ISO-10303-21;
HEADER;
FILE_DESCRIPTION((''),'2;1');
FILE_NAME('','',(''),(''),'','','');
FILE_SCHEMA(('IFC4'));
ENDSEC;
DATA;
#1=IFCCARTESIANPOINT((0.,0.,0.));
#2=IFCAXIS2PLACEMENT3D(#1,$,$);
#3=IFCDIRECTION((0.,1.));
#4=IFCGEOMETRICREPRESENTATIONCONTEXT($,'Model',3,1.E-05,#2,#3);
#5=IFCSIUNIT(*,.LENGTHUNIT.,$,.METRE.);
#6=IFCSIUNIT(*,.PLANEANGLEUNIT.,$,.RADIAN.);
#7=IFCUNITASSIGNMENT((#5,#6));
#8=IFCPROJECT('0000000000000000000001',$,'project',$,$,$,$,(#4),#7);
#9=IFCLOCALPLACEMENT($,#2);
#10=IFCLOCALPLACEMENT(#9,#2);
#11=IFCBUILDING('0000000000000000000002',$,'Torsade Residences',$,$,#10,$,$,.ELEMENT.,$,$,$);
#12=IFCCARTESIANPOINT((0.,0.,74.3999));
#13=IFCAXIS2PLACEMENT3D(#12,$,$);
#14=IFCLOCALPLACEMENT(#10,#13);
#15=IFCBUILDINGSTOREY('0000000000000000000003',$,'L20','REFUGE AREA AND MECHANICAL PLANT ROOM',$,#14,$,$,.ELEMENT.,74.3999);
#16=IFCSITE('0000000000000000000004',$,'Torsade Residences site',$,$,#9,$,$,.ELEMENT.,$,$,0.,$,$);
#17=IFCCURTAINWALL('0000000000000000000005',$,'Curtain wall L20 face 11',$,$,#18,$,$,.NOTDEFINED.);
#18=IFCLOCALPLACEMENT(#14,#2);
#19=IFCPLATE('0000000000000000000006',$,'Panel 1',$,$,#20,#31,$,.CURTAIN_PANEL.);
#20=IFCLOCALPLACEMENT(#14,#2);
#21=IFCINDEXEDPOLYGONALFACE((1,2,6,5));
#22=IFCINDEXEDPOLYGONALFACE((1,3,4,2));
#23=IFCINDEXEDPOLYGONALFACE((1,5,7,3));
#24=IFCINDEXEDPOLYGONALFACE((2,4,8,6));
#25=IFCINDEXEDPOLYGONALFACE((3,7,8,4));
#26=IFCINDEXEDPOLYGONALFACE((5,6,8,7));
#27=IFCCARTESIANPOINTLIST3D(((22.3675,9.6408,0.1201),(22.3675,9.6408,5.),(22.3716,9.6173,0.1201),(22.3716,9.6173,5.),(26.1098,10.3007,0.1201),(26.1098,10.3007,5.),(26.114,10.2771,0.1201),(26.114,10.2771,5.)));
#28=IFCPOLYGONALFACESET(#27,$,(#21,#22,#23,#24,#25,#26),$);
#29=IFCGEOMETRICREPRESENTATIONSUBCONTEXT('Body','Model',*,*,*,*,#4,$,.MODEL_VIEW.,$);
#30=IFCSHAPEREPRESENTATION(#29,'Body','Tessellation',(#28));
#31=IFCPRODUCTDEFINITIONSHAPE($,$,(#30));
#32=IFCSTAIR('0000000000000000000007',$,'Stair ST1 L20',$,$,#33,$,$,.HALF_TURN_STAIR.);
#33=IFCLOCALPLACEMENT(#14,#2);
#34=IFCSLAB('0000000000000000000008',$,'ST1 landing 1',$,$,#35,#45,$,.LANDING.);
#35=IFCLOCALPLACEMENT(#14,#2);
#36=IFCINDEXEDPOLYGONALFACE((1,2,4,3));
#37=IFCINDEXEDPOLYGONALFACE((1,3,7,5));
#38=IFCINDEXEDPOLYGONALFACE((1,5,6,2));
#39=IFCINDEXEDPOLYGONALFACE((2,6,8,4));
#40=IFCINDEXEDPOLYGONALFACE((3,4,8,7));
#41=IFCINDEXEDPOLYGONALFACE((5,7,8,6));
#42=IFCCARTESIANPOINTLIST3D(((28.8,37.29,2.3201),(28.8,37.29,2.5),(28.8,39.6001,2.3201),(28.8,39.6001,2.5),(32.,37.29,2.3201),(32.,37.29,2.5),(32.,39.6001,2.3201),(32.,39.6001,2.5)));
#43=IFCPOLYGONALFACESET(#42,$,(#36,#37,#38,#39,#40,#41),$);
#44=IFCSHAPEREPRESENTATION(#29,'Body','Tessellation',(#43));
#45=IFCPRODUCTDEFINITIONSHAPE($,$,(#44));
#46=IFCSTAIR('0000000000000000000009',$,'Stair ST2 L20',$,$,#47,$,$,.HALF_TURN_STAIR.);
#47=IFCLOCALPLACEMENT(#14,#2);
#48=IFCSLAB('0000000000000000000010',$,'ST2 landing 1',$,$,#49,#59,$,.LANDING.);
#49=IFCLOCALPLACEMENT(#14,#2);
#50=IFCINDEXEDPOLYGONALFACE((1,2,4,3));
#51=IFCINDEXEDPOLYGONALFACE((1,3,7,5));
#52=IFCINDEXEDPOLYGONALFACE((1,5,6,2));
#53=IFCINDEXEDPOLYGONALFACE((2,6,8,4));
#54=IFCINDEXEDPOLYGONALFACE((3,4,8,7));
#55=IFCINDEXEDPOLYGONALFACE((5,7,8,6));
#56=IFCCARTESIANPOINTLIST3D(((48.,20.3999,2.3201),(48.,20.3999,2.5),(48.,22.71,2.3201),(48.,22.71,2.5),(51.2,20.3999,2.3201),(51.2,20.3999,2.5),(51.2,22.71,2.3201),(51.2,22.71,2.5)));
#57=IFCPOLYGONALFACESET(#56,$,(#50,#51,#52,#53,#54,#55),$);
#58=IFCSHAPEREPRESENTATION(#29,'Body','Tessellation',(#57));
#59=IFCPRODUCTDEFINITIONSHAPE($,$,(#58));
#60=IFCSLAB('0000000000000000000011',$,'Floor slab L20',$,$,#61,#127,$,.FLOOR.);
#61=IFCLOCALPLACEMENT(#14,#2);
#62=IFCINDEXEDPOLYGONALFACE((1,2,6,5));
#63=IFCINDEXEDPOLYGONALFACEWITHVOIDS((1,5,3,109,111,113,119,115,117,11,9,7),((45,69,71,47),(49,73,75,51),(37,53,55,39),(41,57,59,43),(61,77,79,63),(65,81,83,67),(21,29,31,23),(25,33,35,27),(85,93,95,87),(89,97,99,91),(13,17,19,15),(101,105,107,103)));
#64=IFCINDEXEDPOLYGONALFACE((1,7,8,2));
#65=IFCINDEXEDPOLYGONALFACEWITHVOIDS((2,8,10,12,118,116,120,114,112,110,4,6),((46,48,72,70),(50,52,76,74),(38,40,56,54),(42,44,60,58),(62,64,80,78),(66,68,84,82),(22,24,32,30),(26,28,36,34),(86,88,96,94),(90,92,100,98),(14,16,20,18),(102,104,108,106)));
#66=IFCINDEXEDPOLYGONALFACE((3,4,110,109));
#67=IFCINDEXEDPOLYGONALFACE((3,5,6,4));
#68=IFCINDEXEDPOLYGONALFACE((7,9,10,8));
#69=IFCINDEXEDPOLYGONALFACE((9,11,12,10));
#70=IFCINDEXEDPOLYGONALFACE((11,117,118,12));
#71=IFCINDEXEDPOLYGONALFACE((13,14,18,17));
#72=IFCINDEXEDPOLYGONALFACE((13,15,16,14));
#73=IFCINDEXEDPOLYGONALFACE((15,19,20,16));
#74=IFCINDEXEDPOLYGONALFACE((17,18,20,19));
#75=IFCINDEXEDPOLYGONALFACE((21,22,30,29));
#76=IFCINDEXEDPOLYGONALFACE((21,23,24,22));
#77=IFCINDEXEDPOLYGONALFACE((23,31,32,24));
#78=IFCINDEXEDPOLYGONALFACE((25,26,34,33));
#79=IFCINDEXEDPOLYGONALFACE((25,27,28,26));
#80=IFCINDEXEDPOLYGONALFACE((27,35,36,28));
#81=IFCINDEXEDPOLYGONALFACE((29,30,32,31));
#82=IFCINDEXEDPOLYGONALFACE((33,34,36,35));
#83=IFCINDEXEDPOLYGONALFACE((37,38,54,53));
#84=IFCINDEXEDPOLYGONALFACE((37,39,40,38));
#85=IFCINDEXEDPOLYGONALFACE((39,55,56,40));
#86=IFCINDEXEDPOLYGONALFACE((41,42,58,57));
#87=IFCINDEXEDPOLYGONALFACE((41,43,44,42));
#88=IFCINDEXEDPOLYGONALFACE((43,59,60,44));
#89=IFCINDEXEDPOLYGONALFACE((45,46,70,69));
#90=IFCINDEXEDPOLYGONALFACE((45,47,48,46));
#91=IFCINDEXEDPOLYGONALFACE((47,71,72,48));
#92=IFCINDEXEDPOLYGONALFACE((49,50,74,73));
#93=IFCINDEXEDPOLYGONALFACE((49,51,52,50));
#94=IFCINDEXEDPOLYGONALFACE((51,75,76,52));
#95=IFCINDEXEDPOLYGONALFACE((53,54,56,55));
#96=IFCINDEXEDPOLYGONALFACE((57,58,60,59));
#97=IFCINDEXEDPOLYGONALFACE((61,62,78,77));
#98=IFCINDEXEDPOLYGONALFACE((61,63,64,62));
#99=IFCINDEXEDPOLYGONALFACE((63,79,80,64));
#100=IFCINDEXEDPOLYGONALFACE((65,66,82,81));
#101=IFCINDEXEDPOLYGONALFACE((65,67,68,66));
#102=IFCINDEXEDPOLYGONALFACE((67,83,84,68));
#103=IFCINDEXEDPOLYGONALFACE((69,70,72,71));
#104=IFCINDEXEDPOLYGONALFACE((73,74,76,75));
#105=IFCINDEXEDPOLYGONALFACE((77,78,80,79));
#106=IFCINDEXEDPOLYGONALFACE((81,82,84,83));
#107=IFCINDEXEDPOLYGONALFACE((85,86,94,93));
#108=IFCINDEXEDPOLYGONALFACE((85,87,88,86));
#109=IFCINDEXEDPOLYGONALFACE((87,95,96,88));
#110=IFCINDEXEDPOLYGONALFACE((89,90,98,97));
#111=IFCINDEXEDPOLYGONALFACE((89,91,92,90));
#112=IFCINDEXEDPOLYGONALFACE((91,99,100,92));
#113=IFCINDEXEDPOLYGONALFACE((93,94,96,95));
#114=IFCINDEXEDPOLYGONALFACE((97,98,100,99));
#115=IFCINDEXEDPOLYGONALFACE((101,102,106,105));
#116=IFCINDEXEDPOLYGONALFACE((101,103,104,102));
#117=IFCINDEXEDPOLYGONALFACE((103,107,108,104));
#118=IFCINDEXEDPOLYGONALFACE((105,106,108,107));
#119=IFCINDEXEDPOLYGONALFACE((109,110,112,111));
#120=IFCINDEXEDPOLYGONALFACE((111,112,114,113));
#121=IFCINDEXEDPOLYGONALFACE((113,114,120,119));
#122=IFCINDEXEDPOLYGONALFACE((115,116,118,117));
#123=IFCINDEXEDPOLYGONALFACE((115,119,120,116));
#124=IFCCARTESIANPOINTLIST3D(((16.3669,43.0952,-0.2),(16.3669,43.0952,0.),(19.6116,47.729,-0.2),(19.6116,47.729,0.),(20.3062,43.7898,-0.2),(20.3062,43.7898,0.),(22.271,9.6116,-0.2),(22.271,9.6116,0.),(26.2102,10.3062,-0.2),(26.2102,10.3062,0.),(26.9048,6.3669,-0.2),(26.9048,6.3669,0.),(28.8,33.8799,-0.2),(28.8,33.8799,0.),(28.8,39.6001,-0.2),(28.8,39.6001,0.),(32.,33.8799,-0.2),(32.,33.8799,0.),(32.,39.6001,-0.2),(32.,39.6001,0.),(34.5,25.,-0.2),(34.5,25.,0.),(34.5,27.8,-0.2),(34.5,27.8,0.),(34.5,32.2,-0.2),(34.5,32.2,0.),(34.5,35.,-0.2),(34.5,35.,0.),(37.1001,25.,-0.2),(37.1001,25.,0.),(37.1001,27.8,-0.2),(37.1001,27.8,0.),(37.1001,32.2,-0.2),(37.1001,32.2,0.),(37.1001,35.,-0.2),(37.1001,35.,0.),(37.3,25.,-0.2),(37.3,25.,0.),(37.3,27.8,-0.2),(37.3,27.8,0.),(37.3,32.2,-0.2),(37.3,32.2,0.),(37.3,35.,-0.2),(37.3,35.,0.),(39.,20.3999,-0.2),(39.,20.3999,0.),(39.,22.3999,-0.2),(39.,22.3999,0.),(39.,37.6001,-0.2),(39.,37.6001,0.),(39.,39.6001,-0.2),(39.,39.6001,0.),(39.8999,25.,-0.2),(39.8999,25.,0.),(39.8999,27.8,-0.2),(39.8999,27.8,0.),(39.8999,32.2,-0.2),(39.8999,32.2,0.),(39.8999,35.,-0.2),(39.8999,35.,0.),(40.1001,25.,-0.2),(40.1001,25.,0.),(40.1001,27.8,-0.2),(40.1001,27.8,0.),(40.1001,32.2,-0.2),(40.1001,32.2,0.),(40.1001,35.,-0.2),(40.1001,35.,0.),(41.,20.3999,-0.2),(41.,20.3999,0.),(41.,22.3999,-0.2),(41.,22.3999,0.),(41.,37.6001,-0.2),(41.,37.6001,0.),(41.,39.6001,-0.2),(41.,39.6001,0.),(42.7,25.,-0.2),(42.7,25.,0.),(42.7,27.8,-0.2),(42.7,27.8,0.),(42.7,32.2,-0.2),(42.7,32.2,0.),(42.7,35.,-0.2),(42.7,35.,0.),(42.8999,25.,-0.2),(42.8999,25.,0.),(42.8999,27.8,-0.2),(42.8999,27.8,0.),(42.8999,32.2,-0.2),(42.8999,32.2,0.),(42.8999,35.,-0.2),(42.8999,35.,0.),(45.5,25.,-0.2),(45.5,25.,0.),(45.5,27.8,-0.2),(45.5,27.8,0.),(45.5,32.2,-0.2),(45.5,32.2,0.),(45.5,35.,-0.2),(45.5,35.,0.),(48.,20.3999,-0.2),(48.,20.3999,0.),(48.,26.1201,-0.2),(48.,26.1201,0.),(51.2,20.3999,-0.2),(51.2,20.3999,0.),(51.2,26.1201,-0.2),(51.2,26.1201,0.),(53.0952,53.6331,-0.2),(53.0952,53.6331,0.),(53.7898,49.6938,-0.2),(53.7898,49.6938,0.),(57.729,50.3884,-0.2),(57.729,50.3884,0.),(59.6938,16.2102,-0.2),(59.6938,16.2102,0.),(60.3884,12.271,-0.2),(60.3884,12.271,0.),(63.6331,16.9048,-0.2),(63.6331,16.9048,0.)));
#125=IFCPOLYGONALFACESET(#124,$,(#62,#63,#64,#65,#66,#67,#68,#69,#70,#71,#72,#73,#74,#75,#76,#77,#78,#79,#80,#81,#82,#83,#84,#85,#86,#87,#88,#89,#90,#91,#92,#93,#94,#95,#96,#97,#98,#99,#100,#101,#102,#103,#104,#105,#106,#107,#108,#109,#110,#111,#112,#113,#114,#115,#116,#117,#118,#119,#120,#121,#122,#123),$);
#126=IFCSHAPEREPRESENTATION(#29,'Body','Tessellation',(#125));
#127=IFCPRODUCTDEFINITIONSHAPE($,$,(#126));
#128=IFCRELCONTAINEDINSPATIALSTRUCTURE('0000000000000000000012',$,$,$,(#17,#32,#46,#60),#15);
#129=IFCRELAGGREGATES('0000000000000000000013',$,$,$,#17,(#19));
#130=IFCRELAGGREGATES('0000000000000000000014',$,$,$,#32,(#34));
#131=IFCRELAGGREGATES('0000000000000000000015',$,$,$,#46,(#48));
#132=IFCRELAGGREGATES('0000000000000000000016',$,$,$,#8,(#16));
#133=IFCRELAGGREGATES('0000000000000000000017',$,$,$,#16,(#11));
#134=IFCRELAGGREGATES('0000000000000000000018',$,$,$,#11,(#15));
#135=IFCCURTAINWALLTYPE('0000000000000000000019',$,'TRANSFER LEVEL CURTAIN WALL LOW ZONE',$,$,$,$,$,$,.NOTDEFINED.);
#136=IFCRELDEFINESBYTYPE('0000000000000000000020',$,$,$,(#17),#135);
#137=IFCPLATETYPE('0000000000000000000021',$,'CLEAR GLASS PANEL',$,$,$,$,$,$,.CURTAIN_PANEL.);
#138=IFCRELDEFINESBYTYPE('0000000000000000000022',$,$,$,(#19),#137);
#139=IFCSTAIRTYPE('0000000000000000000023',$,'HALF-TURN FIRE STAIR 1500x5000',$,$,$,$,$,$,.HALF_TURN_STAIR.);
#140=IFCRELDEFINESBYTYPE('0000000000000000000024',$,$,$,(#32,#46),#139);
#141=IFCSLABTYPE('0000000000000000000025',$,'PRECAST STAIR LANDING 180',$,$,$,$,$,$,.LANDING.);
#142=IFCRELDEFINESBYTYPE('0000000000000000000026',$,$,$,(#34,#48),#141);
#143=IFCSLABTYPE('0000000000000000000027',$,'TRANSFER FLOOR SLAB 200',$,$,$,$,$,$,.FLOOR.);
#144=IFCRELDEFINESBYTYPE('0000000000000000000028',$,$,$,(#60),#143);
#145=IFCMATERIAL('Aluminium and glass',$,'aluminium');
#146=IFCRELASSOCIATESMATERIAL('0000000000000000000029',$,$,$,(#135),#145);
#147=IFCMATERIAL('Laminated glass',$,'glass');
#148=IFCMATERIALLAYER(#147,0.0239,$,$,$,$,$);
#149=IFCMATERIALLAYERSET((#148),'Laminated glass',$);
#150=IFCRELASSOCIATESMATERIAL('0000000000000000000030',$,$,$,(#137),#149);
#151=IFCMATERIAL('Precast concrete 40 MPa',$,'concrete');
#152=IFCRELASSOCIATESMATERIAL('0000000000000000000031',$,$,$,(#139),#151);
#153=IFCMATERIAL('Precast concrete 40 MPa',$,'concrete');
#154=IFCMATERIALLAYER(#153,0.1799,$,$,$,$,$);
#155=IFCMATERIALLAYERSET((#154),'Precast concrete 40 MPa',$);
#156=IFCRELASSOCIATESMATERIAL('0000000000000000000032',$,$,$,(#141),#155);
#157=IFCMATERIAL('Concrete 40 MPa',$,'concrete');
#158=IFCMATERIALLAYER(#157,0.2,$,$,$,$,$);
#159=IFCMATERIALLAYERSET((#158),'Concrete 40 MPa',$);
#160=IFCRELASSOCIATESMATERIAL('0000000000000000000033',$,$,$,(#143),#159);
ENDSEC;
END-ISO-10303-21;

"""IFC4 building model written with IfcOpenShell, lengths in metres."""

from ifc_helpers import new_model, si_unit, direction, frame, origin, origin_2d, place, context, subcontext, project, spatial, polyline, rectangle, outline, extrude, material, layer, layer_set, type_object, element, aggregate, save


model = new_model("IFC4")

# Units and contexts
model_context = context("Model", 3, precision=1e-05, world=origin(), true_north=direction((0.0, 1.0)))
body_context = subcontext(model_context, "Body", "Model", "MODEL_VIEW")
ifc_project = project(units=[si_unit("LENGTHUNIT", "METRE"), si_unit("PLANEANGLEUNIT", "RADIAN")], contexts=[model_context])

# Site, building, storey
site_placement = place(None, origin())
site = spatial("IfcSite", under=ifc_project, at=site_placement, Name="Torsade Residences site", CompositionType="ELEMENT", RefElevation=0.0)
building_placement = place(site_placement, origin())
building = spatial("IfcBuilding", under=site, at=building_placement, Name="Torsade Residences", CompositionType="ELEMENT")
storey_placement = place(building_placement, frame((0.0, 0.0, 74.3999)))
storey = spatial("IfcBuildingStorey", under=building, at=storey_placement, Name="L20", Description="REFUGE AREA AND MECHANICAL PLANT ROOM", CompositionType="ELEMENT", Elevation=74.3999)

# Curtain wall
ifc_material_1 = material(Name="Aluminium and glass", Category="aluminium")
curtain_wall_type = type_object("IfcCurtainWallType", Name="TRANSFER LEVEL CURTAIN WALL LOW ZONE", PredefinedType="NOTDEFINED", material=ifc_material_1)
curtain_wall_1_placement = place(storey_placement, origin())
curtain_wall_1 = element("IfcCurtainWall", 1, at=curtain_wall_1_placement, inside=storey, type_object=curtain_wall_type, Name="Curtain wall L20 face 11", PredefinedType="NOTDEFINED")

# Plate
ifc_material_2 = material(Name="Laminated glass", Category="glass")
ifc_layer_1 = layer(ifc_material_2, 0.0239)
ifc_layer_set_1 = layer_set([ifc_layer_1], Name="Laminated glass")
plate_type = type_object("IfcPlateType", Name="CLEAR GLASS PANEL", PredefinedType="CURTAIN_PANEL", material=ifc_layer_set_1)
plate_1_placement = place(storey_placement, frame((24.2407, 9.959, 0.1201), z_axis=(0.0, 0.0, 1.0), x_axis=(0.984808, 0.173648, 0.0)))
plate_1 = element("IfcPlate", 2, at=plate_1_placement, type_object=plate_type, Name="Panel 1", PredefinedType="CURTAIN_PANEL", context=body_context, shape_type="SweptSolid", body=[
    extrude(rectangle(XDim=3.8, YDim=0.0239, at=origin_2d()), origin(), (0.0, 0.0, 1.0), 4.8799),
])
aggregate(curtain_wall_1, [plate_1])

# Stairs, slabs
ifc_material_3 = material(Name="Precast concrete 40 MPa", Category="concrete")
stair_type = type_object("IfcStairType", Name="HALF-TURN FIRE STAIR 1500x5000", PredefinedType="HALF_TURN_STAIR", material=ifc_material_3)
stair_1_placement = place(storey_placement, origin())
stair_1 = element("IfcStair", 3, at=stair_1_placement, inside=storey, type_object=stair_type, Name="Stair ST1 L20", PredefinedType="HALF_TURN_STAIR")
ifc_material_4 = material(Name="Precast concrete 40 MPa", Category="concrete")
ifc_layer_2 = layer(ifc_material_4, 0.1799)
ifc_layer_set_2 = layer_set([ifc_layer_2], Name="Precast concrete 40 MPa")
slab_type_1 = type_object("IfcSlabType", Name="PRECAST STAIR LANDING 180", PredefinedType="LANDING", material=ifc_layer_set_2)
slab_1_placement = place(storey_placement, frame((0.0, 0.0, 2.3201)))
slab_1 = element("IfcSlab", 4, at=slab_1_placement, type_object=slab_type_1, Name="ST1 landing 1", PredefinedType="LANDING", context=body_context, shape_type="SweptSolid", body=[
    extrude(outline(polyline([(28.8, 37.29), (32.0, 37.29), (32.0, 39.6001), (28.8, 39.6001), (28.8, 37.29)])), origin(), (0.0, 0.0, 1.0), 0.1799),
])
aggregate(stair_1, [slab_1])
stair_2_placement = place(storey_placement, origin())
stair_2 = element("IfcStair", 5, at=stair_2_placement, inside=storey, type_object=stair_type, Name="Stair ST2 L20", PredefinedType="HALF_TURN_STAIR")
slab_2_placement = place(storey_placement, frame((0.0, 0.0, 2.3201)))
slab_2 = element("IfcSlab", 6, at=slab_2_placement, type_object=slab_type_1, Name="ST2 landing 1", PredefinedType="LANDING", context=body_context, shape_type="SweptSolid", body=[
    extrude(outline(polyline([(48.0, 20.3999), (51.2, 20.3999), (51.2, 22.71), (48.0, 22.71), (48.0, 20.3999)])), origin(), (0.0, 0.0, 1.0), 0.1799),
])
aggregate(stair_2, [slab_2])

# Slab
ifc_material_5 = material(Name="Concrete 40 MPa", Category="concrete")
ifc_layer_3 = layer(ifc_material_5, 0.2)
ifc_layer_set_3 = layer_set([ifc_layer_3], Name="Concrete 40 MPa")
slab_type_2 = type_object("IfcSlabType", Name="TRANSFER FLOOR SLAB 200", PredefinedType="FLOOR", material=ifc_layer_set_3)
slab_3_placement = place(storey_placement, frame((0.0, 0.0, -0.2)))
element("IfcSlab", 7, at=slab_3_placement, inside=storey, type_object=slab_type_2, Name="Floor slab L20", PredefinedType="FLOOR", context=body_context, shape_type="SweptSolid", body=[
    extrude(outline(polyline([(26.9048, 6.3669), (60.3884, 12.271), (59.6938, 16.2102), (63.6331, 16.9048), (57.729, 50.3884), (53.7898, 49.6938), (53.0952, 53.6331), (19.6116, 47.729), (20.3062, 43.7898), (16.3669, 43.0952), (22.271, 9.6116), (26.2102, 10.3062), (26.9048, 6.3669)]), holes=[polyline([(51.2, 20.3999), (51.2, 26.1201), (48.0, 26.1201), (48.0, 20.3999), (51.2, 20.3999)]), polyline([(45.5, 27.8), (42.8999, 27.8), (42.8999, 25.0), (45.5, 25.0), (45.5, 27.8)]), polyline([(45.5, 32.2), (45.5, 35.0), (42.8999, 35.0), (42.8999, 32.2), (45.5, 32.2)]), polyline([(42.7, 25.0), (42.7, 27.8), (40.1001, 27.8), (40.1001, 25.0), (42.7, 25.0)]), polyline([(42.7, 32.2), (42.7, 35.0), (40.1001, 35.0), (40.1001, 32.2), (42.7, 32.2)]), polyline([(41.0, 22.3999), (39.0, 22.3999), (39.0, 20.3999), (41.0, 20.3999), (41.0, 22.3999)]), polyline([(41.0, 37.6001), (41.0, 39.6001), (39.0, 39.6001), (39.0, 37.6001), (41.0, 37.6001)]), polyline([(39.8999, 25.0), (39.8999, 27.8), (37.3, 27.8), (37.3, 25.0), (39.8999, 25.0)]), polyline([(39.8999, 35.0), (37.3, 35.0), (37.3, 32.2), (39.8999, 32.2), (39.8999, 35.0)]), polyline([(37.1001, 27.8), (34.5, 27.8), (34.5, 25.0), (37.1001, 25.0), (37.1001, 27.8)]), polyline([(37.1001, 32.2), (37.1001, 35.0), (34.5, 35.0), (34.5, 32.2), (37.1001, 32.2)]), polyline([(32.0, 33.8799), (32.0, 39.6001), (28.8, 39.6001), (28.8, 33.8799), (32.0, 33.8799)])]), origin(), (0.0, 0.0, 1.0), 0.2),
])

save(model, "model.ifc")
